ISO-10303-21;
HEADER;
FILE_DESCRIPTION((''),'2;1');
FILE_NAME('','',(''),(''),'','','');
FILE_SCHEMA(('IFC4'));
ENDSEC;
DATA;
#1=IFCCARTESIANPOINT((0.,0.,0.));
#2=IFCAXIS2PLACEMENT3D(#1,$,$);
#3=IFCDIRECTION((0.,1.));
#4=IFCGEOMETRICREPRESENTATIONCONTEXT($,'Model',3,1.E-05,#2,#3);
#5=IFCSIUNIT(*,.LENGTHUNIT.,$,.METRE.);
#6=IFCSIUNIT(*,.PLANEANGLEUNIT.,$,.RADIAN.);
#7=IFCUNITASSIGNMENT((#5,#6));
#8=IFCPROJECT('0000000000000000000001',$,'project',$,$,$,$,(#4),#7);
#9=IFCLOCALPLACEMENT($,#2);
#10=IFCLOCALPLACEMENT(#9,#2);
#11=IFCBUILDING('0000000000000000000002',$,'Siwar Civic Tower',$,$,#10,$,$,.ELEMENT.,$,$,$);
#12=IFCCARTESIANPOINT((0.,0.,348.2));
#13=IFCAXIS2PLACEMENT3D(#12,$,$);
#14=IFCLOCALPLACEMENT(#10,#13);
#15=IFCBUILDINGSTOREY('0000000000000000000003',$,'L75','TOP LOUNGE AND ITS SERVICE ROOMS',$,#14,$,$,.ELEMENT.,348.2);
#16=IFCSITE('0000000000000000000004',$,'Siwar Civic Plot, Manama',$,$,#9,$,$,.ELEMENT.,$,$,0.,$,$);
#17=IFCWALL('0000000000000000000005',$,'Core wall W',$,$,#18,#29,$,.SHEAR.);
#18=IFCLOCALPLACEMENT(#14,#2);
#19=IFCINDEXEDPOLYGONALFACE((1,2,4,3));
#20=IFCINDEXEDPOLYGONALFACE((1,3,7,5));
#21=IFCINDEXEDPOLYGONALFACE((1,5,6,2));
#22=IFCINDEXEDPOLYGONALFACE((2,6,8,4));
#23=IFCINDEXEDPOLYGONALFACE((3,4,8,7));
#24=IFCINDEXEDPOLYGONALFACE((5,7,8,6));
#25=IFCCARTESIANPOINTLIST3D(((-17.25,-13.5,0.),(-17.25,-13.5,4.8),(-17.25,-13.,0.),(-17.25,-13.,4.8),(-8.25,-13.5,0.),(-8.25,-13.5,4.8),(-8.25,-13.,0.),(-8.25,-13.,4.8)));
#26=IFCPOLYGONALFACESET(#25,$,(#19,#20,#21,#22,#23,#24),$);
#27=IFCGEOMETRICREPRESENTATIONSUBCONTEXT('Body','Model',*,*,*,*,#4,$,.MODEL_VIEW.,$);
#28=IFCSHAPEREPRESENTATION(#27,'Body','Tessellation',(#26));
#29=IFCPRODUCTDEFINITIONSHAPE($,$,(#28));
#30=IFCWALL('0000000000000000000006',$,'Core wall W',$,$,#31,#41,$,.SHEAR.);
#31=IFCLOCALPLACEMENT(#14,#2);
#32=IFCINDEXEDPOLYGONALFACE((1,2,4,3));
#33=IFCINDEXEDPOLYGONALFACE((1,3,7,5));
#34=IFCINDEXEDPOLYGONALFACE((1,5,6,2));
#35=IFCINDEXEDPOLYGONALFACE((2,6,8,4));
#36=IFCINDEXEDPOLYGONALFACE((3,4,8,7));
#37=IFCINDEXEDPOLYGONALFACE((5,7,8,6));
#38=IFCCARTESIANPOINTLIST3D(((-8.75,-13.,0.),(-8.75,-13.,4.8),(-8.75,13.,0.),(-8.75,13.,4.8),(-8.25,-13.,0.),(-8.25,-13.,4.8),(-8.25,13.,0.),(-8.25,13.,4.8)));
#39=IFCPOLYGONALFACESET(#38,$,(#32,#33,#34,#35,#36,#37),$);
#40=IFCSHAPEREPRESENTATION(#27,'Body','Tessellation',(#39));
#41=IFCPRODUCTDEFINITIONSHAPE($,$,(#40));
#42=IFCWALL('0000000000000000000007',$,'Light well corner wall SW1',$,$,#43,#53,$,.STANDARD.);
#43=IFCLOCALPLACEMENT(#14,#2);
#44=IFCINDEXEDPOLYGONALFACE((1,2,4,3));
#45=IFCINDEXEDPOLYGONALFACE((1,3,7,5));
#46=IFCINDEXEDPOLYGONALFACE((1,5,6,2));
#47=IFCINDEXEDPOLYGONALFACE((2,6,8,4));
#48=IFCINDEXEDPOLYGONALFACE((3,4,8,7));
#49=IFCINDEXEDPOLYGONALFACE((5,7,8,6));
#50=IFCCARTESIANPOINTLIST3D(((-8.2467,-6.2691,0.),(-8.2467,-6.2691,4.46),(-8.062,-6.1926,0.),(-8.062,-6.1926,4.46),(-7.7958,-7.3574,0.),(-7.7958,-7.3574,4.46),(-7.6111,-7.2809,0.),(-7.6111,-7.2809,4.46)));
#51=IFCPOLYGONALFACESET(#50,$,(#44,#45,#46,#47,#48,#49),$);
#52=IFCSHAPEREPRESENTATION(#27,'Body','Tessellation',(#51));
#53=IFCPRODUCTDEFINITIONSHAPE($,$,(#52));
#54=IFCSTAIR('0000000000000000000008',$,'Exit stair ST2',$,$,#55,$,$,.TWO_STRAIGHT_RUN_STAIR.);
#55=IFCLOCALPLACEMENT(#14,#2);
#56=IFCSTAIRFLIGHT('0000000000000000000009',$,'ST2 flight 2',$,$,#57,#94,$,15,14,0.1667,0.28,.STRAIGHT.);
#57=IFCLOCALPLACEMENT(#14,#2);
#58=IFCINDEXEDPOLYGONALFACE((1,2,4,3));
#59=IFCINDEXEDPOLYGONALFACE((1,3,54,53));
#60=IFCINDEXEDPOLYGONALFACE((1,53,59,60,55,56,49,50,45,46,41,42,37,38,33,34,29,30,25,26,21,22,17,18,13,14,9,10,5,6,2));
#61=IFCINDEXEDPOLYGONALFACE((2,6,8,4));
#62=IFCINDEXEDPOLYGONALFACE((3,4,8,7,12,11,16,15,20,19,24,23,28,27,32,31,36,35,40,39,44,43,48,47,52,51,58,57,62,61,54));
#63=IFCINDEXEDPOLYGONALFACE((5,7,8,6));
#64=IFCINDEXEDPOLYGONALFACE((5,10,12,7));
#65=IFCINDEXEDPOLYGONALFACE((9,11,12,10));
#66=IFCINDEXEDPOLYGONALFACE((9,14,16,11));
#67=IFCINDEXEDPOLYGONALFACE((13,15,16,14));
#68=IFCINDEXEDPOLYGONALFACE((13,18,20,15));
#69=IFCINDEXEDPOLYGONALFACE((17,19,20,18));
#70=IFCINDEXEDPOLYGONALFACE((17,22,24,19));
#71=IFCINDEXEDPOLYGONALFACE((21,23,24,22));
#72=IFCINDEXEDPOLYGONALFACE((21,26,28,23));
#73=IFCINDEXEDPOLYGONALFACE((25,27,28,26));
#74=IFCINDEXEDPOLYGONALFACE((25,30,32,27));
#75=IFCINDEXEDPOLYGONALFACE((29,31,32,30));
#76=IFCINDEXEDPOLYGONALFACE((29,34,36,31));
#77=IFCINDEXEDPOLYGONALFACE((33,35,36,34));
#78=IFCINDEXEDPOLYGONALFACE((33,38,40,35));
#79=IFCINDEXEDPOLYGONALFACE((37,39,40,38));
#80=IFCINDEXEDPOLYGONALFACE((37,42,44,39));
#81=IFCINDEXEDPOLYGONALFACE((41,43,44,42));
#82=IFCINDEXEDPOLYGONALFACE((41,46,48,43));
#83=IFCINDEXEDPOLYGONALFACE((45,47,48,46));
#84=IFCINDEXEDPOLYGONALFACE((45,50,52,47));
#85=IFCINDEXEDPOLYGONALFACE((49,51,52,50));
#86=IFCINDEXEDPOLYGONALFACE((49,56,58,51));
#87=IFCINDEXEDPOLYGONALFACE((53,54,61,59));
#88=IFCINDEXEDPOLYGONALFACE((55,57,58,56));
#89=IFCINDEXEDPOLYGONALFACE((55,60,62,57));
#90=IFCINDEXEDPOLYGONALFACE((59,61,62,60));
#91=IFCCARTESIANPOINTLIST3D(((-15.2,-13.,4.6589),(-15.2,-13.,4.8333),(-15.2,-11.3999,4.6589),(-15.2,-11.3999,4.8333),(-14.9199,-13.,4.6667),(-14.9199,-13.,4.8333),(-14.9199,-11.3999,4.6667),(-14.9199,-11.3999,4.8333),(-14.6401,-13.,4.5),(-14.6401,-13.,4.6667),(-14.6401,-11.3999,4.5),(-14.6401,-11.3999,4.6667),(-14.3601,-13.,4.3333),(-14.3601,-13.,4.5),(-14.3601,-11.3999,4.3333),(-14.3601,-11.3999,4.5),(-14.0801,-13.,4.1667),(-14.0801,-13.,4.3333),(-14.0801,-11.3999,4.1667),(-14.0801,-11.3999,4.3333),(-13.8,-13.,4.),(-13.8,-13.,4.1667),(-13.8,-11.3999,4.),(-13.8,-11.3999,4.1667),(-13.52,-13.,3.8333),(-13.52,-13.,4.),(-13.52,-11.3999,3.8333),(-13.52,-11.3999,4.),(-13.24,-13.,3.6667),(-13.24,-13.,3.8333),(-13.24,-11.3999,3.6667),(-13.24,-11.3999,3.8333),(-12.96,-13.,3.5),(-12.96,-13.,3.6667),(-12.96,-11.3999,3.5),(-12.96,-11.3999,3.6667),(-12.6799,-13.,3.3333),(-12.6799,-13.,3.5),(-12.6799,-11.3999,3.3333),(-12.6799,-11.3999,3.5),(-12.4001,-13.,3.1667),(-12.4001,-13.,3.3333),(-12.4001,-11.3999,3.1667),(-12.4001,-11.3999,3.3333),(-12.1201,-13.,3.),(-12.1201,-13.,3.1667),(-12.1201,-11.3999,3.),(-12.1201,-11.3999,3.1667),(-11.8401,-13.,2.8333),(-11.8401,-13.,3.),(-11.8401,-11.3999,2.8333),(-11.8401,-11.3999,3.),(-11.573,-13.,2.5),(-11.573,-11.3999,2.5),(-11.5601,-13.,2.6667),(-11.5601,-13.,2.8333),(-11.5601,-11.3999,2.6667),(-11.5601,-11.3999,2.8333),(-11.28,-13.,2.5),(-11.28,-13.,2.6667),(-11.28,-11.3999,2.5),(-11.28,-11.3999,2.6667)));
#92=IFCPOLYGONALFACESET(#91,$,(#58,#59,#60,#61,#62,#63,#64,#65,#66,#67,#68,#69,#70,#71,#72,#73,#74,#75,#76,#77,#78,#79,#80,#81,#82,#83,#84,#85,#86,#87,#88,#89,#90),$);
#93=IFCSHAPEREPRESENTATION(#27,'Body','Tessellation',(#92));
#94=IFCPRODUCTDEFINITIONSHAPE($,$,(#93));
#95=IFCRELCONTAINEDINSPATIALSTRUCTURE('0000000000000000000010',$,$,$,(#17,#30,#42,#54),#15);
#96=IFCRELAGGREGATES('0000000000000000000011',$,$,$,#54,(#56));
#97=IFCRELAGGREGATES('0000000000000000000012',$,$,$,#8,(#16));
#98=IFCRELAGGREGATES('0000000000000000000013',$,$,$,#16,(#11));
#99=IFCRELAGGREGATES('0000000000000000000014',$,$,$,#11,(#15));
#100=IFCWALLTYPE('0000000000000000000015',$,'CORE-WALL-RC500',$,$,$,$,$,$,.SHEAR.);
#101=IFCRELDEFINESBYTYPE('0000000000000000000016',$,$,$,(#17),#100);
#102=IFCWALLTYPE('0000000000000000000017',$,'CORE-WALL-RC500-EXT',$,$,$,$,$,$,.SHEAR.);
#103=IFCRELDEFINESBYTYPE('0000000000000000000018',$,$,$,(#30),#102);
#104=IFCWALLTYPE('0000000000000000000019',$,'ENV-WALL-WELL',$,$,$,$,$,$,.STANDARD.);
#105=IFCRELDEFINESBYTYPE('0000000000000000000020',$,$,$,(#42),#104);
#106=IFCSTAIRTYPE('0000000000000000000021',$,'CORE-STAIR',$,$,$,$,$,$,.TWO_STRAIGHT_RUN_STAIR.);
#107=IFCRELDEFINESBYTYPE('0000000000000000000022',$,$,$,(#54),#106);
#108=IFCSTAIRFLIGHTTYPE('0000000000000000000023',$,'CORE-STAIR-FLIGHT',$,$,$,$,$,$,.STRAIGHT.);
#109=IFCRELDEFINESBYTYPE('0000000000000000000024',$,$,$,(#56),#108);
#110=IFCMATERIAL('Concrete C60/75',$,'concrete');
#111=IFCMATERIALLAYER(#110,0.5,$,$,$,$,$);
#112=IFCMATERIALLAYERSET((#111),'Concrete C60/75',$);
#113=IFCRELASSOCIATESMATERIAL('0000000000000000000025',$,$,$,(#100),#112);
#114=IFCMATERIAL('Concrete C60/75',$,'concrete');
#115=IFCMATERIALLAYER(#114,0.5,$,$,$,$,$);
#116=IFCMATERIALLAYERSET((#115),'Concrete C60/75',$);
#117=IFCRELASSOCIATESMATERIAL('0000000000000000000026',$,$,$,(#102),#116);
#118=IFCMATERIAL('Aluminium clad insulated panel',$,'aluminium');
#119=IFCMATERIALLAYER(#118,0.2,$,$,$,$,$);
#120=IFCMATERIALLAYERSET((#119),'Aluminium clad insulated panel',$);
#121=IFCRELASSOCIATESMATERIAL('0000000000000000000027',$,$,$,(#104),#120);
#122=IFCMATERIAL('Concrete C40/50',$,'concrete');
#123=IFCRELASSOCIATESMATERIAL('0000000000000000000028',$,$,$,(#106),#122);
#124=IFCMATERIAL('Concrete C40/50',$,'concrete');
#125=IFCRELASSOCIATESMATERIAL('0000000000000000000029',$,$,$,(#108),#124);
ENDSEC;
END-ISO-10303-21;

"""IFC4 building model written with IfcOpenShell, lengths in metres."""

from ifc_helpers import new_model, si_unit, direction, frame, frame_2d, origin, place, context, subcontext, project, spatial, polyline, rectangle, outline, extrude, material, layer, layer_set, type_object, element, aggregate, save


model = new_model("IFC4")

# Units and contexts
model_context = context("Model", 3, precision=1e-05, world=origin(), true_north=direction((0.0, 1.0)))
body_context = subcontext(model_context, "Body", "Model", "MODEL_VIEW")
ifc_project = project(units=[si_unit("LENGTHUNIT", "METRE"), si_unit("PLANEANGLEUNIT", "RADIAN")], contexts=[model_context])

# Site, building, storey
site_placement = place(None, origin())
site = spatial("IfcSite", under=ifc_project, at=site_placement, Name="Siwar Civic Plot, Manama", CompositionType="ELEMENT", RefElevation=0.0)
building_placement = place(site_placement, origin())
building = spatial("IfcBuilding", under=site, at=building_placement, Name="Siwar Civic Tower", CompositionType="ELEMENT")
storey_placement = place(building_placement, frame((0.0, 0.0, 348.2)))
storey = spatial("IfcBuildingStorey", under=building, at=storey_placement, Name="L75", Description="TOP LOUNGE AND ITS SERVICE ROOMS", CompositionType="ELEMENT", Elevation=348.2)

# Walls
ifc_material_1 = material(Name="Concrete C60/75", Category="concrete")
ifc_layer_1 = layer(ifc_material_1, 0.5)
ifc_layer_set_1 = layer_set([ifc_layer_1], Name="Concrete C60/75")
wall_type_1 = type_object("IfcWallType", Name="CORE-WALL-RC500", PredefinedType="SHEAR", material=ifc_layer_set_1)
wall_1_placement = place(storey_placement, frame((-8.25, -13.25, 0.0), z_axis=(0.0, 0.0, 1.0), x_axis=(-1.0, 0.0, 0.0)))
element("IfcWall", 1, at=wall_1_placement, inside=storey, type_object=wall_type_1, Name="Core wall W", PredefinedType="SHEAR", context=body_context, shape_type="SweptSolid", body=[
    extrude(rectangle(XDim=9.0, YDim=0.5, at=frame_2d((4.5, 0.0))), origin(), (0.0, 0.0, 1.0), 4.8),
])
ifc_material_2 = material(Name="Concrete C60/75", Category="concrete")
ifc_layer_2 = layer(ifc_material_2, 0.5)
ifc_layer_set_2 = layer_set([ifc_layer_2], Name="Concrete C60/75")
wall_type_2 = type_object("IfcWallType", Name="CORE-WALL-RC500-EXT", PredefinedType="SHEAR", material=ifc_layer_set_2)
wall_2_placement = place(storey_placement, frame((-8.5, -13.0, 0.0), z_axis=(0.0, 0.0, 1.0), x_axis=(0.0, 1.0, 0.0)))
element("IfcWall", 2, at=wall_2_placement, inside=storey, type_object=wall_type_2, Name="Core wall W", PredefinedType="SHEAR", context=body_context, shape_type="SweptSolid", body=[
    extrude(rectangle(XDim=26.0, YDim=0.5, at=frame_2d((13.0, 0.0))), origin(), (0.0, 0.0, 1.0), 4.8),
])
ifc_material_3 = material(Name="Aluminium clad insulated panel", Category="aluminium")
ifc_layer_3 = layer(ifc_material_3, 0.2)
ifc_layer_set_3 = layer_set([ifc_layer_3], Name="Aluminium clad insulated panel")
wall_type_3 = type_object("IfcWallType", Name="ENV-WALL-WELL", PredefinedType="STANDARD", material=ifc_layer_set_3)
wall_3_placement = place(storey_placement, frame((-8.1543, -6.231, 0.0), z_axis=(0.0, 0.0, 1.0), x_axis=(0.382761, -0.923848, 0.0)))
element("IfcWall", 3, at=wall_3_placement, inside=storey, type_object=wall_type_3, Name="Light well corner wall SW1", PredefinedType="STANDARD", context=body_context, shape_type="SweptSolid", body=[
    extrude(rectangle(XDim=1.178, YDim=0.2, at=frame_2d((0.5889, 0.0))), origin(), (0.0, 0.0, 1.0), 4.46),
])

# Stair, stair flight
ifc_material_4 = material(Name="Concrete C40/50", Category="concrete")
stair_type = type_object("IfcStairType", Name="CORE-STAIR", PredefinedType="TWO_STRAIGHT_RUN_STAIR", material=ifc_material_4)
stair_placement = place(storey_placement, origin())
stair = element("IfcStair", 4, at=stair_placement, inside=storey, type_object=stair_type, Name="Exit stair ST2", PredefinedType="TWO_STRAIGHT_RUN_STAIR")
ifc_material_5 = material(Name="Concrete C40/50", Category="concrete")
stair_flight_type = type_object("IfcStairFlightType", Name="CORE-STAIR-FLIGHT", PredefinedType="STRAIGHT", material=ifc_material_5)
stair_flight_placement = place(storey_placement, frame((-11.28, -12.2, 2.5), z_axis=(0.0, 0.0, 1.0), x_axis=(-1.0, 0.0, 0.0)))
stair_flight = element("IfcStairFlight", 5, at=stair_flight_placement, type_object=stair_flight_type, Name="ST2 flight 2", NumberOfRisers=15, NumberOfTreads=14, PredefinedType="STRAIGHT", RiserHeight=0.1667, TreadLength=0.28, context=body_context, shape_type="SweptSolid", body=[
    extrude(outline(polyline([(0.0, 0.0), (0.0, 0.1667), (0.28, 0.1667), (0.28, 0.3333), (0.5601, 0.3333), (0.5601, 0.5), (0.8401, 0.5), (0.8401, 0.6667), (1.1201, 0.6667), (1.1201, 0.8333), (1.3999, 0.8333), (1.3999, 1.0), (1.6799, 1.0), (1.6799, 1.1667), (1.96, 1.1667), (1.96, 1.3333), (2.24, 1.3333), (2.24, 1.5), (2.52, 1.5), (2.52, 1.6667), (2.8, 1.6667), (2.8, 1.8333), (3.0801, 1.8333), (3.0801, 2.0), (3.3601, 2.0), (3.3601, 2.1667), (3.6399, 2.1667), (3.6399, 2.3333), (3.9199, 2.3333), (3.9199, 2.5), (3.9199, 2.1589), (0.293, 0.0), (0.0, 0.0)])), frame((0.0, 0.8, 0.0), z_axis=(0.0, -1.0, 0.0), x_axis=(1.0, 0.0, 0.0)), (0.0, 0.0, 1.0), 1.6001),
])
aggregate(stair, [stair_flight])

save(model, "model.ifc")
